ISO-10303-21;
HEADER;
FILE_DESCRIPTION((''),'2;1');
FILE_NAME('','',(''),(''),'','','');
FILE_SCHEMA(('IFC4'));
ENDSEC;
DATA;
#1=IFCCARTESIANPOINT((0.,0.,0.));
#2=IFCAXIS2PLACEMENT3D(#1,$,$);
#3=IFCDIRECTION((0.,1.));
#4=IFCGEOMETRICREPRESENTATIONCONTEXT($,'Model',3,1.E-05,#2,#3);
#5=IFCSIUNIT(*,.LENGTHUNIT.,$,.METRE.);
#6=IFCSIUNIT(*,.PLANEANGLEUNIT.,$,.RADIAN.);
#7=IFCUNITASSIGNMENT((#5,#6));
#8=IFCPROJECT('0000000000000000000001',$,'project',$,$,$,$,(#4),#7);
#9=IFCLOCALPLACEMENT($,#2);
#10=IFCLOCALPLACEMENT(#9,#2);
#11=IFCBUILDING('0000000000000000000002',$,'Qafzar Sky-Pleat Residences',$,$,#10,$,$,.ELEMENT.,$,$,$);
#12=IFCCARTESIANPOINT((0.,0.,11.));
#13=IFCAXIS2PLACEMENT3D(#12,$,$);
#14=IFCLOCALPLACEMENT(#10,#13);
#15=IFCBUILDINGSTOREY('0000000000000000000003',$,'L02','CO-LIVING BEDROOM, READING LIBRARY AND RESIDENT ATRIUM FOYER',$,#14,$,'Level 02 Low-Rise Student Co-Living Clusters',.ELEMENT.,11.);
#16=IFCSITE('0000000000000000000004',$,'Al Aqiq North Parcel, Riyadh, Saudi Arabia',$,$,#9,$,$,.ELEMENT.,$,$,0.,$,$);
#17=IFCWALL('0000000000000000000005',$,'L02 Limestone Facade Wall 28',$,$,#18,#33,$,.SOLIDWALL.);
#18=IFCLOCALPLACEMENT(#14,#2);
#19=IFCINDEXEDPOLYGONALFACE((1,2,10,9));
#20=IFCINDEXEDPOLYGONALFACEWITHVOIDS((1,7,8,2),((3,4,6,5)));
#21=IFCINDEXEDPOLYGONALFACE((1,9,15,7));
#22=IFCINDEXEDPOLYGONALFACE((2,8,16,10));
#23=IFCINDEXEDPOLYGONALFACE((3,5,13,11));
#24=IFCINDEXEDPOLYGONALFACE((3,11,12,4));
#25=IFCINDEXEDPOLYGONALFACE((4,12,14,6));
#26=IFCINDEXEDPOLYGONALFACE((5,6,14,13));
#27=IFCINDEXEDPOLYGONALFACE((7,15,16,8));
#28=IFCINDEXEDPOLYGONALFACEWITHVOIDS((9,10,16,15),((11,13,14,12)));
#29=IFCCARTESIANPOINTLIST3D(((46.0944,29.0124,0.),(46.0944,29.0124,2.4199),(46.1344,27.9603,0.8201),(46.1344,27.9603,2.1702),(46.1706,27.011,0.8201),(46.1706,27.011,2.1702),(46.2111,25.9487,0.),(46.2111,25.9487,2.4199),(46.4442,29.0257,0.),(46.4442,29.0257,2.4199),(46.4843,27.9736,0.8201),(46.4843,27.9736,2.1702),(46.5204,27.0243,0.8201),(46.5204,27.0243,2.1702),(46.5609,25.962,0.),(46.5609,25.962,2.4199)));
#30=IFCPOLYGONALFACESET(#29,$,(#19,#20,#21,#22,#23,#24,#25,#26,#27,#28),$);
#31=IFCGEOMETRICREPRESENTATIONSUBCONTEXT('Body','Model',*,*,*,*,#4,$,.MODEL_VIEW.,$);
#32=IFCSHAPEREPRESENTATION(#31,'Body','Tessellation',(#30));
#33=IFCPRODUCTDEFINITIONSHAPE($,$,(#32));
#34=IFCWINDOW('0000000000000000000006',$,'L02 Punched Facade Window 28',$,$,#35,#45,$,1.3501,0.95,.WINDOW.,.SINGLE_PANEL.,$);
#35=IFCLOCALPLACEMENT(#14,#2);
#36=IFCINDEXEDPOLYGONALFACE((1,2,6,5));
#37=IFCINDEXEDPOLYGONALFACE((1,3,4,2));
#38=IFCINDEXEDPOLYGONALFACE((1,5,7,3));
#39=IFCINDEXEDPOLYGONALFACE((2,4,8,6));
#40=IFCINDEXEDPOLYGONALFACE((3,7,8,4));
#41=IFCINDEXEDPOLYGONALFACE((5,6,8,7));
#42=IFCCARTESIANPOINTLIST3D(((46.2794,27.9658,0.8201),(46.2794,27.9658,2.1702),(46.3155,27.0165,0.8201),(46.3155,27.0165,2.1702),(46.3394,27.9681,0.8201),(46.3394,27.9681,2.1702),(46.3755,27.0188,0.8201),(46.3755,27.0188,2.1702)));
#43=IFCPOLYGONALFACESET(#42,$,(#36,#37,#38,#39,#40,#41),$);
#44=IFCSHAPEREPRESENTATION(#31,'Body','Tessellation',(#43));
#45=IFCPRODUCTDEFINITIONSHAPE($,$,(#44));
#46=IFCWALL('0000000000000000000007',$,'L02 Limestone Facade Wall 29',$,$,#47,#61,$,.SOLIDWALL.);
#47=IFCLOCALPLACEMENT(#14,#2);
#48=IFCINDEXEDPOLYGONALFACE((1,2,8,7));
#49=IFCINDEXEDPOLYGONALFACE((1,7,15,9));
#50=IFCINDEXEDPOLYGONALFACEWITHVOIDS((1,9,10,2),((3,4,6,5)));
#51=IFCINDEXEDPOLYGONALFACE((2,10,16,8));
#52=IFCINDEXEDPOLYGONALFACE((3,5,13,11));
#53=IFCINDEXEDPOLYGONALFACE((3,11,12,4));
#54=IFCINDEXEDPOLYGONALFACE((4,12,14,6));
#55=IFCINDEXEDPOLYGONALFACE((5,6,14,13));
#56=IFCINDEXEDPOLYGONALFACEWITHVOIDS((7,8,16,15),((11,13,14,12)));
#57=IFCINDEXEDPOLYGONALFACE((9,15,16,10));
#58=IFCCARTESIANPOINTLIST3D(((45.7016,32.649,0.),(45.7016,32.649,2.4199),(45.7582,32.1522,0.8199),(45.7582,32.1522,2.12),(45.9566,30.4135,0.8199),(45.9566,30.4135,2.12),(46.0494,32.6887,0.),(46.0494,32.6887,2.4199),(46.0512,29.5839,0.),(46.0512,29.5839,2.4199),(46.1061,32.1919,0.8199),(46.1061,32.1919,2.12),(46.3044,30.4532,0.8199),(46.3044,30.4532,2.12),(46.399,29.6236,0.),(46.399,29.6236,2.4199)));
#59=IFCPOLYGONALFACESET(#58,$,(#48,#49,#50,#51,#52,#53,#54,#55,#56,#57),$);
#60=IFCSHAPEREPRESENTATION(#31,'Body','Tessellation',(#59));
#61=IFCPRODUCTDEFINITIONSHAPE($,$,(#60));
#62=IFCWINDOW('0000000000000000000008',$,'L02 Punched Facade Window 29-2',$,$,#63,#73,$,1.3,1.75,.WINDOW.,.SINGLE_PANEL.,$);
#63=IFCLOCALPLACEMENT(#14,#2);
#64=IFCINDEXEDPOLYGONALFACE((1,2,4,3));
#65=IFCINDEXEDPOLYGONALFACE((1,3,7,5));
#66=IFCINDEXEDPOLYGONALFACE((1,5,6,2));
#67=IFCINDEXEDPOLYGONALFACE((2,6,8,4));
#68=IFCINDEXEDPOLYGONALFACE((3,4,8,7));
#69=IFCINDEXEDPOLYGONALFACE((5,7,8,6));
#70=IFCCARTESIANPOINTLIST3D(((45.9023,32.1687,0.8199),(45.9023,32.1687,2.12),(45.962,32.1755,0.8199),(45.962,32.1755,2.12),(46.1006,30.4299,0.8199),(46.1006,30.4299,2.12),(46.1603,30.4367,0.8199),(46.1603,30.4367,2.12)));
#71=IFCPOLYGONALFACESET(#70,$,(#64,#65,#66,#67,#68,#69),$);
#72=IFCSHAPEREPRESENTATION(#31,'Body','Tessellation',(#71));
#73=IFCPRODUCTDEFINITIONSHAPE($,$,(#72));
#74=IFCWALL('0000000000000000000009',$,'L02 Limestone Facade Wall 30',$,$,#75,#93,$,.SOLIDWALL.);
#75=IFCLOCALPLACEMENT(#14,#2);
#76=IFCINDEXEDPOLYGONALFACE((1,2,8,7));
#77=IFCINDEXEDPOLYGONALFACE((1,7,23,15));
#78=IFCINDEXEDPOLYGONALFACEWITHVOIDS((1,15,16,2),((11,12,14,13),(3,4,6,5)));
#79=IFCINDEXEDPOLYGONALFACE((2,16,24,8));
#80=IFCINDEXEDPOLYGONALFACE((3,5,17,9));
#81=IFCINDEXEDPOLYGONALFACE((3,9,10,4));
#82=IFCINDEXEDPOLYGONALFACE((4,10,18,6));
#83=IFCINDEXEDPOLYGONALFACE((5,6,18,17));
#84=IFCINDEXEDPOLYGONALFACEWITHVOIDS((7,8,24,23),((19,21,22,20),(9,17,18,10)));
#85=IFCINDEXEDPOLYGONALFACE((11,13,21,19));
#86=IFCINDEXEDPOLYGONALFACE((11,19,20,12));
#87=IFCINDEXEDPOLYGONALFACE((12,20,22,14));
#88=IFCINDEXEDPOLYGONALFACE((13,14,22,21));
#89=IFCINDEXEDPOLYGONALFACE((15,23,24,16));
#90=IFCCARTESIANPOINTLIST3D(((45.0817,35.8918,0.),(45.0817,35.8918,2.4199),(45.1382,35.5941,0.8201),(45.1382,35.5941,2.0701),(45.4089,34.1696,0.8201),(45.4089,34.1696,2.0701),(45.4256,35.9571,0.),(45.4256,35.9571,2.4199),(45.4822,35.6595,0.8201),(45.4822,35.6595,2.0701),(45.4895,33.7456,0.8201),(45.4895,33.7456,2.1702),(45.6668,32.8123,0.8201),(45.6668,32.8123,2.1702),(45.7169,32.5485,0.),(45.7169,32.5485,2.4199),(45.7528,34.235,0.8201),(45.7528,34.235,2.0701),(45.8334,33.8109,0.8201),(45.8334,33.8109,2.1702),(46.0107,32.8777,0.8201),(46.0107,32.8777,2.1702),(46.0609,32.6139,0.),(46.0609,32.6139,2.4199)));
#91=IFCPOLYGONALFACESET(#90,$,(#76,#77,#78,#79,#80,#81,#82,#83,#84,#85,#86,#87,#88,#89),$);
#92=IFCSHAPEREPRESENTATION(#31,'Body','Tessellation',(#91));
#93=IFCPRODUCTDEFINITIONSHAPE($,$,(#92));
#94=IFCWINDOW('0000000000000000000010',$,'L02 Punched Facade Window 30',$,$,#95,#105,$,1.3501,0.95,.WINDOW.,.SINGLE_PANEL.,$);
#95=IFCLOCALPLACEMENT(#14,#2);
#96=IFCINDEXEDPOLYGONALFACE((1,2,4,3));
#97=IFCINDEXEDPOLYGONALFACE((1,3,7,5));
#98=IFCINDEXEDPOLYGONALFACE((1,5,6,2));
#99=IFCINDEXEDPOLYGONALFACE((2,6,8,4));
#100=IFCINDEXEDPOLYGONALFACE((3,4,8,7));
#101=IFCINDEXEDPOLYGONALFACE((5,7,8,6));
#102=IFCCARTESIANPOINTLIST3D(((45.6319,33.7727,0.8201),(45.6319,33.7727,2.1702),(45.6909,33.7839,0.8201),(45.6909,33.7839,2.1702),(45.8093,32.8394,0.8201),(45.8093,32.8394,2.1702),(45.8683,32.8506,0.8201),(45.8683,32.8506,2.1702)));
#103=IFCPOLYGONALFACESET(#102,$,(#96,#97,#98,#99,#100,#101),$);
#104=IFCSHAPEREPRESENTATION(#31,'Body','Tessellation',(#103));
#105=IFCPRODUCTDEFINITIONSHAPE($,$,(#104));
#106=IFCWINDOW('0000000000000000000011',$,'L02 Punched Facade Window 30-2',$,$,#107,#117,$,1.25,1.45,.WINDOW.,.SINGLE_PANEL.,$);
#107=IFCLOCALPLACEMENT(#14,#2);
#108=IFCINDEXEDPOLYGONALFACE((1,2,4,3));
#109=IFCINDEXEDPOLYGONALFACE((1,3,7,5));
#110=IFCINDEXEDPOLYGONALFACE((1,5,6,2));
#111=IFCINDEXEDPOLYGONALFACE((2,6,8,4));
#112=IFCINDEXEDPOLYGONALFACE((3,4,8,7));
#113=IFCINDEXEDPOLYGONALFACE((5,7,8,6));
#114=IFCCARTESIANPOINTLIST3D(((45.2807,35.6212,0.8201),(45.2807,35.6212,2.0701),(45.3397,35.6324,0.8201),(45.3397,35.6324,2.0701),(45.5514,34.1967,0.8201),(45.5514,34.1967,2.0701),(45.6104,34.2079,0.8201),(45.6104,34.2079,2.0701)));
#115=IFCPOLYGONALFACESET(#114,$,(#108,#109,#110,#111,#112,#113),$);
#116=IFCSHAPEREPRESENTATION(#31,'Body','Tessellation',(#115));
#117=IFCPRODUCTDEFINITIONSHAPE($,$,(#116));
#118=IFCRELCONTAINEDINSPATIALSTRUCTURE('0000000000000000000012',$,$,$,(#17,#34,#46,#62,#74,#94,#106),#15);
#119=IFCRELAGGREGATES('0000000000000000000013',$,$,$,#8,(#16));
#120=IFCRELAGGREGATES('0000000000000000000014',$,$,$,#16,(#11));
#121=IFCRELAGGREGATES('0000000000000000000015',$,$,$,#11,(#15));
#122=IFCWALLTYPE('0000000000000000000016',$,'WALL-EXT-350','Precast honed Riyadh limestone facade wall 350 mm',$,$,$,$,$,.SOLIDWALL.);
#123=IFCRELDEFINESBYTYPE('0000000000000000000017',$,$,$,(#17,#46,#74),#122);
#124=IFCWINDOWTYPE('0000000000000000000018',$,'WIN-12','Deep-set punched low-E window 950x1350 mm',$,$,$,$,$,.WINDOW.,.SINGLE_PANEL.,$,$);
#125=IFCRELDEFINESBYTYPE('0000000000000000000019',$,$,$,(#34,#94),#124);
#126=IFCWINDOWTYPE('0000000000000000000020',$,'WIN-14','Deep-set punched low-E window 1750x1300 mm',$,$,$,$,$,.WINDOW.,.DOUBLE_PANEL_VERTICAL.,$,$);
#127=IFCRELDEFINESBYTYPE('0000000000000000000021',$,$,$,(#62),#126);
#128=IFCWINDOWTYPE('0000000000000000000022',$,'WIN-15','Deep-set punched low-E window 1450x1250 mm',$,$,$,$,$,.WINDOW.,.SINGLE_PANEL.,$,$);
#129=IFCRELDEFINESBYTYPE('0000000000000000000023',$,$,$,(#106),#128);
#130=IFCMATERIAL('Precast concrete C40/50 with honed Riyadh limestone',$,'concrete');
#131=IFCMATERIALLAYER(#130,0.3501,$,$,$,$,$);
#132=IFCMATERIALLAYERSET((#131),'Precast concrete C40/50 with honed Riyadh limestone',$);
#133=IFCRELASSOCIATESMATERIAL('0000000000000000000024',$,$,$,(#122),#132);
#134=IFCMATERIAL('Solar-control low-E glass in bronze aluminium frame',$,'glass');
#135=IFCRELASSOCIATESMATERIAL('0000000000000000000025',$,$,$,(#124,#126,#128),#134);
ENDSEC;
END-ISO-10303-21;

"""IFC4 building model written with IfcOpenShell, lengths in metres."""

from ifc_helpers import new_model, si_unit, direction, frame, frame_2d, origin, place, context, subcontext, project, spatial, rectangle, extrude, source, transform, mapped, material, layer, layer_set, type_object, element, fill, save


model = new_model("IFC4")

# Units and contexts
model_context = context("Model", 3, precision=1e-05, world=origin(), true_north=direction((0.0, 1.0)))
body_context = subcontext(model_context, "Body", "Model", "MODEL_VIEW")
ifc_project = project(units=[si_unit("LENGTHUNIT", "METRE"), si_unit("PLANEANGLEUNIT", "RADIAN")], contexts=[model_context])

# Site, building, storey
site_placement = place(None, origin())
site = spatial("IfcSite", under=ifc_project, at=site_placement, Name="Al Aqiq North Parcel, Riyadh, Saudi Arabia", CompositionType="ELEMENT", RefElevation=0.0)
building_placement = place(site_placement, origin())
building = spatial("IfcBuilding", under=site, at=building_placement, Name="Qafzar Sky-Pleat Residences", CompositionType="ELEMENT")
storey_placement = place(building_placement, frame((0.0, 0.0, 11.0)))
storey = spatial("IfcBuildingStorey", under=building, at=storey_placement, Name="L02", Description="CO-LIVING BEDROOM, READING LIBRARY AND RESIDENT ATRIUM FOYER", LongName="Level 02 Low-Rise Student Co-Living Clusters", CompositionType="ELEMENT", Elevation=11.0)

# Walls, openings, windows
ifc_material_1 = material(Name="Precast concrete C40/50 with honed Riyadh limestone", Category="concrete")
ifc_layer_1 = layer(ifc_material_1, 0.3501)
ifc_layer_set_1 = layer_set([ifc_layer_1], Name="Precast concrete C40/50 with honed Riyadh limestone")
wall_type_1 = type_object("IfcWallType", Name="WALL-EXT-350", Description="Precast honed Riyadh limestone facade wall 350 mm", PredefinedType="SOLIDWALL", material=ifc_layer_set_1)
wall_1_placement = place(storey_placement, frame((46.386, 25.9553, 0.0), z_axis=(0.0, 0.0, 1.0), x_axis=(-0.038063, 0.999275, 0.0)))
wall_1 = element("IfcWall", 1, at=wall_1_placement, inside=storey, type_object=wall_type_1, Name="L02 Limestone Facade Wall 28", PredefinedType="SOLIDWALL", context=body_context, shape_type="SweptSolid", body=[
    extrude(rectangle(XDim=3.0659, YDim=0.3501, at=frame_2d((1.533, 0.0))), origin(), (0.0, 0.0, 1.0), 2.4199),
])
opening_1_placement = place(wall_1_placement, frame((1.063, 0.0, 0.8201)))
opening_1 = element("IfcOpeningElement", 2, at=opening_1_placement, cuts=wall_1, PredefinedType="OPENING", context=body_context, shape_type="SweptSolid", body=[
    extrude(rectangle(XDim=0.95, YDim=1.3501, at=frame_2d((0.4751, 0.675))), frame((0.0, 0.1851, 0.0), z_axis=(0.0, -1.0, 0.0), x_axis=(1.0, 0.0, 0.0)), (0.0, 0.0, 1.0), 0.3701),
])
ifc_material_2 = material(Name="Solar-control low-E glass in bronze aluminium frame", Category="glass")
window_type_1 = type_object("IfcWindowType", Name="WIN-12", Description="Deep-set punched low-E window 950x1350 mm", PartitioningType="SINGLE_PANEL", PredefinedType="WINDOW", material=ifc_material_2)
shared_shape_1 = source(origin(), body_context, "Body", "SweptSolid", [
    extrude(rectangle(XDim=0.95, YDim=1.3501, at=frame_2d((0.4751, 0.675))), frame((0.0, 0.03, 0.0), z_axis=(0.0, -1.0, 0.0), x_axis=(1.0, 0.0, 0.0)), (0.0, 0.0, 1.0), 0.0601),
])
window_1_placement = place(opening_1_placement, origin())
window_1 = element("IfcWindow", 3, at=window_1_placement, inside=storey, type_object=window_type_1, Name="L02 Punched Facade Window 28", OverallHeight=1.3501, OverallWidth=0.95, PartitioningType="SINGLE_PANEL", PredefinedType="WINDOW", context=body_context, shape_type="MappedRepresentation", body=[
    mapped(shared_shape_1, transform((0.0, 0.0, 0.0), x_axis=(1.0, 0.0, 0.0), y_axis=(0.0, 1.0, 0.0), z_axis=(0.0, 0.0, 1.0), scale=1.0)),
])
fill(opening_1, window_1)
wall_2_placement = place(storey_placement, frame((46.2251, 29.6038, 0.0), z_axis=(0.0, 0.0, 1.0), x_axis=(-0.113323, 0.993558, 0.0)))
wall_2 = element("IfcWall", 4, at=wall_2_placement, inside=storey, type_object=wall_type_1, Name="L02 Limestone Facade Wall 29", PredefinedType="SOLIDWALL", context=body_context, shape_type="SweptSolid", body=[
    extrude(rectangle(XDim=3.085, YDim=0.3501, at=frame_2d((1.5425, 0.0))), origin(), (0.0, 0.0, 1.0), 2.4199),
])
opening_2_placement = place(wall_2_placement, frame((0.835, 0.0, 0.8201)))
opening_2 = element("IfcOpeningElement", 5, at=opening_2_placement, cuts=wall_2, PredefinedType="OPENING", context=body_context, shape_type="SweptSolid", body=[
    extrude(rectangle(XDim=1.75, YDim=1.3, at=frame_2d((0.875, 0.6499))), frame((0.0, 0.1851, 0.0), z_axis=(0.0, -1.0, 0.0), x_axis=(1.0, 0.0, 0.0)), (0.0, 0.0, 1.0), 0.3701),
])
window_type_2 = type_object("IfcWindowType", Name="WIN-14", Description="Deep-set punched low-E window 1750x1300 mm", PartitioningType="DOUBLE_PANEL_VERTICAL", PredefinedType="WINDOW", material=ifc_material_2)
shared_shape_2 = source(origin(), body_context, "Body", "SweptSolid", [
    extrude(rectangle(XDim=1.75, YDim=1.3, at=frame_2d((0.875, 0.6499))), frame((0.0, 0.03, 0.0), z_axis=(0.0, -1.0, 0.0), x_axis=(1.0, 0.0, 0.0)), (0.0, 0.0, 1.0), 0.0601),
])
window_2_placement = place(opening_2_placement, origin())
window_2 = element("IfcWindow", 6, at=window_2_placement, inside=storey, type_object=window_type_2, Name="L02 Punched Facade Window 29-2", OverallHeight=1.3, OverallWidth=1.75, PartitioningType="SINGLE_PANEL", PredefinedType="WINDOW", context=body_context, shape_type="MappedRepresentation", body=[
    mapped(shared_shape_2, transform((0.0, 0.0, 0.0), x_axis=(1.0, 0.0, 0.0), y_axis=(0.0, 1.0, 0.0), z_axis=(0.0, 0.0, 1.0), scale=1.0)),
])
fill(opening_2, window_2)

# Wall, openings, windows
wall_3_placement = place(storey_placement, frame((45.8889, 32.5811, 0.0), z_axis=(0.0, 0.0, 1.0), x_axis=(-0.18667, 0.982423, 0.0)))
wall_3 = element("IfcWall", 7, at=wall_3_placement, inside=storey, type_object=wall_type_1, Name="L02 Limestone Facade Wall 30", PredefinedType="SOLIDWALL", context=body_context, shape_type="SweptSolid", body=[
    extrude(rectangle(XDim=3.4031, YDim=0.3501, at=frame_2d((1.7017, 0.0))), origin(), (0.0, 0.0, 1.0), 2.4199),
])
opening_3_placement = place(wall_3_placement, frame((0.2686, 0.0, 0.8201)))
opening_3 = element("IfcOpeningElement", 8, at=opening_3_placement, cuts=wall_3, PredefinedType="OPENING", context=body_context, shape_type="SweptSolid", body=[
    extrude(rectangle(XDim=0.95, YDim=1.3501, at=frame_2d((0.4751, 0.675))), frame((0.0, 0.1851, 0.0), z_axis=(0.0, -1.0, 0.0), x_axis=(1.0, 0.0, 0.0)), (0.0, 0.0, 1.0), 0.3701),
])
opening_4_placement = place(wall_3_placement, frame((1.6501, 0.0, 0.8201)))
opening_4 = element("IfcOpeningElement", 9, at=opening_4_placement, cuts=wall_3, PredefinedType="OPENING", context=body_context, shape_type="SweptSolid", body=[
    extrude(rectangle(XDim=1.45, YDim=1.25, at=frame_2d((0.7251, 0.625))), frame((0.0, 0.1851, 0.0), z_axis=(0.0, -1.0, 0.0), x_axis=(1.0, 0.0, 0.0)), (0.0, 0.0, 1.0), 0.3701),
])
window_3_placement = place(opening_3_placement, origin())
window_3 = element("IfcWindow", 10, at=window_3_placement, inside=storey, type_object=window_type_1, Name="L02 Punched Facade Window 30", OverallHeight=1.3501, OverallWidth=0.95, PartitioningType="SINGLE_PANEL", PredefinedType="WINDOW", context=body_context, shape_type="MappedRepresentation", body=[
    mapped(shared_shape_1, transform((0.0, 0.0, 0.0), x_axis=(1.0, 0.0, 0.0), y_axis=(0.0, 1.0, 0.0), z_axis=(0.0, 0.0, 1.0), scale=1.0)),
])
fill(opening_3, window_3)
window_type_3 = type_object("IfcWindowType", Name="WIN-15", Description="Deep-set punched low-E window 1450x1250 mm", PartitioningType="SINGLE_PANEL", PredefinedType="WINDOW", material=ifc_material_2)
shared_shape_3 = source(origin(), body_context, "Body", "SweptSolid", [
    extrude(rectangle(XDim=1.45, YDim=1.25, at=frame_2d((0.7251, 0.625))), frame((0.0, 0.03, 0.0), z_axis=(0.0, -1.0, 0.0), x_axis=(1.0, 0.0, 0.0)), (0.0, 0.0, 1.0), 0.0601),
])
window_4_placement = place(opening_4_placement, origin())
window_4 = element("IfcWindow", 11, at=window_4_placement, inside=storey, type_object=window_type_3, Name="L02 Punched Facade Window 30-2", OverallHeight=1.25, OverallWidth=1.45, PartitioningType="SINGLE_PANEL", PredefinedType="WINDOW", context=body_context, shape_type="MappedRepresentation", body=[
    mapped(shared_shape_3, transform((0.0, 0.0, 0.0), x_axis=(1.0, 0.0, 0.0), y_axis=(0.0, 1.0, 0.0), z_axis=(0.0, 0.0, 1.0), scale=1.0)),
])
fill(opening_4, window_4)

save(model, "model.ifc")
